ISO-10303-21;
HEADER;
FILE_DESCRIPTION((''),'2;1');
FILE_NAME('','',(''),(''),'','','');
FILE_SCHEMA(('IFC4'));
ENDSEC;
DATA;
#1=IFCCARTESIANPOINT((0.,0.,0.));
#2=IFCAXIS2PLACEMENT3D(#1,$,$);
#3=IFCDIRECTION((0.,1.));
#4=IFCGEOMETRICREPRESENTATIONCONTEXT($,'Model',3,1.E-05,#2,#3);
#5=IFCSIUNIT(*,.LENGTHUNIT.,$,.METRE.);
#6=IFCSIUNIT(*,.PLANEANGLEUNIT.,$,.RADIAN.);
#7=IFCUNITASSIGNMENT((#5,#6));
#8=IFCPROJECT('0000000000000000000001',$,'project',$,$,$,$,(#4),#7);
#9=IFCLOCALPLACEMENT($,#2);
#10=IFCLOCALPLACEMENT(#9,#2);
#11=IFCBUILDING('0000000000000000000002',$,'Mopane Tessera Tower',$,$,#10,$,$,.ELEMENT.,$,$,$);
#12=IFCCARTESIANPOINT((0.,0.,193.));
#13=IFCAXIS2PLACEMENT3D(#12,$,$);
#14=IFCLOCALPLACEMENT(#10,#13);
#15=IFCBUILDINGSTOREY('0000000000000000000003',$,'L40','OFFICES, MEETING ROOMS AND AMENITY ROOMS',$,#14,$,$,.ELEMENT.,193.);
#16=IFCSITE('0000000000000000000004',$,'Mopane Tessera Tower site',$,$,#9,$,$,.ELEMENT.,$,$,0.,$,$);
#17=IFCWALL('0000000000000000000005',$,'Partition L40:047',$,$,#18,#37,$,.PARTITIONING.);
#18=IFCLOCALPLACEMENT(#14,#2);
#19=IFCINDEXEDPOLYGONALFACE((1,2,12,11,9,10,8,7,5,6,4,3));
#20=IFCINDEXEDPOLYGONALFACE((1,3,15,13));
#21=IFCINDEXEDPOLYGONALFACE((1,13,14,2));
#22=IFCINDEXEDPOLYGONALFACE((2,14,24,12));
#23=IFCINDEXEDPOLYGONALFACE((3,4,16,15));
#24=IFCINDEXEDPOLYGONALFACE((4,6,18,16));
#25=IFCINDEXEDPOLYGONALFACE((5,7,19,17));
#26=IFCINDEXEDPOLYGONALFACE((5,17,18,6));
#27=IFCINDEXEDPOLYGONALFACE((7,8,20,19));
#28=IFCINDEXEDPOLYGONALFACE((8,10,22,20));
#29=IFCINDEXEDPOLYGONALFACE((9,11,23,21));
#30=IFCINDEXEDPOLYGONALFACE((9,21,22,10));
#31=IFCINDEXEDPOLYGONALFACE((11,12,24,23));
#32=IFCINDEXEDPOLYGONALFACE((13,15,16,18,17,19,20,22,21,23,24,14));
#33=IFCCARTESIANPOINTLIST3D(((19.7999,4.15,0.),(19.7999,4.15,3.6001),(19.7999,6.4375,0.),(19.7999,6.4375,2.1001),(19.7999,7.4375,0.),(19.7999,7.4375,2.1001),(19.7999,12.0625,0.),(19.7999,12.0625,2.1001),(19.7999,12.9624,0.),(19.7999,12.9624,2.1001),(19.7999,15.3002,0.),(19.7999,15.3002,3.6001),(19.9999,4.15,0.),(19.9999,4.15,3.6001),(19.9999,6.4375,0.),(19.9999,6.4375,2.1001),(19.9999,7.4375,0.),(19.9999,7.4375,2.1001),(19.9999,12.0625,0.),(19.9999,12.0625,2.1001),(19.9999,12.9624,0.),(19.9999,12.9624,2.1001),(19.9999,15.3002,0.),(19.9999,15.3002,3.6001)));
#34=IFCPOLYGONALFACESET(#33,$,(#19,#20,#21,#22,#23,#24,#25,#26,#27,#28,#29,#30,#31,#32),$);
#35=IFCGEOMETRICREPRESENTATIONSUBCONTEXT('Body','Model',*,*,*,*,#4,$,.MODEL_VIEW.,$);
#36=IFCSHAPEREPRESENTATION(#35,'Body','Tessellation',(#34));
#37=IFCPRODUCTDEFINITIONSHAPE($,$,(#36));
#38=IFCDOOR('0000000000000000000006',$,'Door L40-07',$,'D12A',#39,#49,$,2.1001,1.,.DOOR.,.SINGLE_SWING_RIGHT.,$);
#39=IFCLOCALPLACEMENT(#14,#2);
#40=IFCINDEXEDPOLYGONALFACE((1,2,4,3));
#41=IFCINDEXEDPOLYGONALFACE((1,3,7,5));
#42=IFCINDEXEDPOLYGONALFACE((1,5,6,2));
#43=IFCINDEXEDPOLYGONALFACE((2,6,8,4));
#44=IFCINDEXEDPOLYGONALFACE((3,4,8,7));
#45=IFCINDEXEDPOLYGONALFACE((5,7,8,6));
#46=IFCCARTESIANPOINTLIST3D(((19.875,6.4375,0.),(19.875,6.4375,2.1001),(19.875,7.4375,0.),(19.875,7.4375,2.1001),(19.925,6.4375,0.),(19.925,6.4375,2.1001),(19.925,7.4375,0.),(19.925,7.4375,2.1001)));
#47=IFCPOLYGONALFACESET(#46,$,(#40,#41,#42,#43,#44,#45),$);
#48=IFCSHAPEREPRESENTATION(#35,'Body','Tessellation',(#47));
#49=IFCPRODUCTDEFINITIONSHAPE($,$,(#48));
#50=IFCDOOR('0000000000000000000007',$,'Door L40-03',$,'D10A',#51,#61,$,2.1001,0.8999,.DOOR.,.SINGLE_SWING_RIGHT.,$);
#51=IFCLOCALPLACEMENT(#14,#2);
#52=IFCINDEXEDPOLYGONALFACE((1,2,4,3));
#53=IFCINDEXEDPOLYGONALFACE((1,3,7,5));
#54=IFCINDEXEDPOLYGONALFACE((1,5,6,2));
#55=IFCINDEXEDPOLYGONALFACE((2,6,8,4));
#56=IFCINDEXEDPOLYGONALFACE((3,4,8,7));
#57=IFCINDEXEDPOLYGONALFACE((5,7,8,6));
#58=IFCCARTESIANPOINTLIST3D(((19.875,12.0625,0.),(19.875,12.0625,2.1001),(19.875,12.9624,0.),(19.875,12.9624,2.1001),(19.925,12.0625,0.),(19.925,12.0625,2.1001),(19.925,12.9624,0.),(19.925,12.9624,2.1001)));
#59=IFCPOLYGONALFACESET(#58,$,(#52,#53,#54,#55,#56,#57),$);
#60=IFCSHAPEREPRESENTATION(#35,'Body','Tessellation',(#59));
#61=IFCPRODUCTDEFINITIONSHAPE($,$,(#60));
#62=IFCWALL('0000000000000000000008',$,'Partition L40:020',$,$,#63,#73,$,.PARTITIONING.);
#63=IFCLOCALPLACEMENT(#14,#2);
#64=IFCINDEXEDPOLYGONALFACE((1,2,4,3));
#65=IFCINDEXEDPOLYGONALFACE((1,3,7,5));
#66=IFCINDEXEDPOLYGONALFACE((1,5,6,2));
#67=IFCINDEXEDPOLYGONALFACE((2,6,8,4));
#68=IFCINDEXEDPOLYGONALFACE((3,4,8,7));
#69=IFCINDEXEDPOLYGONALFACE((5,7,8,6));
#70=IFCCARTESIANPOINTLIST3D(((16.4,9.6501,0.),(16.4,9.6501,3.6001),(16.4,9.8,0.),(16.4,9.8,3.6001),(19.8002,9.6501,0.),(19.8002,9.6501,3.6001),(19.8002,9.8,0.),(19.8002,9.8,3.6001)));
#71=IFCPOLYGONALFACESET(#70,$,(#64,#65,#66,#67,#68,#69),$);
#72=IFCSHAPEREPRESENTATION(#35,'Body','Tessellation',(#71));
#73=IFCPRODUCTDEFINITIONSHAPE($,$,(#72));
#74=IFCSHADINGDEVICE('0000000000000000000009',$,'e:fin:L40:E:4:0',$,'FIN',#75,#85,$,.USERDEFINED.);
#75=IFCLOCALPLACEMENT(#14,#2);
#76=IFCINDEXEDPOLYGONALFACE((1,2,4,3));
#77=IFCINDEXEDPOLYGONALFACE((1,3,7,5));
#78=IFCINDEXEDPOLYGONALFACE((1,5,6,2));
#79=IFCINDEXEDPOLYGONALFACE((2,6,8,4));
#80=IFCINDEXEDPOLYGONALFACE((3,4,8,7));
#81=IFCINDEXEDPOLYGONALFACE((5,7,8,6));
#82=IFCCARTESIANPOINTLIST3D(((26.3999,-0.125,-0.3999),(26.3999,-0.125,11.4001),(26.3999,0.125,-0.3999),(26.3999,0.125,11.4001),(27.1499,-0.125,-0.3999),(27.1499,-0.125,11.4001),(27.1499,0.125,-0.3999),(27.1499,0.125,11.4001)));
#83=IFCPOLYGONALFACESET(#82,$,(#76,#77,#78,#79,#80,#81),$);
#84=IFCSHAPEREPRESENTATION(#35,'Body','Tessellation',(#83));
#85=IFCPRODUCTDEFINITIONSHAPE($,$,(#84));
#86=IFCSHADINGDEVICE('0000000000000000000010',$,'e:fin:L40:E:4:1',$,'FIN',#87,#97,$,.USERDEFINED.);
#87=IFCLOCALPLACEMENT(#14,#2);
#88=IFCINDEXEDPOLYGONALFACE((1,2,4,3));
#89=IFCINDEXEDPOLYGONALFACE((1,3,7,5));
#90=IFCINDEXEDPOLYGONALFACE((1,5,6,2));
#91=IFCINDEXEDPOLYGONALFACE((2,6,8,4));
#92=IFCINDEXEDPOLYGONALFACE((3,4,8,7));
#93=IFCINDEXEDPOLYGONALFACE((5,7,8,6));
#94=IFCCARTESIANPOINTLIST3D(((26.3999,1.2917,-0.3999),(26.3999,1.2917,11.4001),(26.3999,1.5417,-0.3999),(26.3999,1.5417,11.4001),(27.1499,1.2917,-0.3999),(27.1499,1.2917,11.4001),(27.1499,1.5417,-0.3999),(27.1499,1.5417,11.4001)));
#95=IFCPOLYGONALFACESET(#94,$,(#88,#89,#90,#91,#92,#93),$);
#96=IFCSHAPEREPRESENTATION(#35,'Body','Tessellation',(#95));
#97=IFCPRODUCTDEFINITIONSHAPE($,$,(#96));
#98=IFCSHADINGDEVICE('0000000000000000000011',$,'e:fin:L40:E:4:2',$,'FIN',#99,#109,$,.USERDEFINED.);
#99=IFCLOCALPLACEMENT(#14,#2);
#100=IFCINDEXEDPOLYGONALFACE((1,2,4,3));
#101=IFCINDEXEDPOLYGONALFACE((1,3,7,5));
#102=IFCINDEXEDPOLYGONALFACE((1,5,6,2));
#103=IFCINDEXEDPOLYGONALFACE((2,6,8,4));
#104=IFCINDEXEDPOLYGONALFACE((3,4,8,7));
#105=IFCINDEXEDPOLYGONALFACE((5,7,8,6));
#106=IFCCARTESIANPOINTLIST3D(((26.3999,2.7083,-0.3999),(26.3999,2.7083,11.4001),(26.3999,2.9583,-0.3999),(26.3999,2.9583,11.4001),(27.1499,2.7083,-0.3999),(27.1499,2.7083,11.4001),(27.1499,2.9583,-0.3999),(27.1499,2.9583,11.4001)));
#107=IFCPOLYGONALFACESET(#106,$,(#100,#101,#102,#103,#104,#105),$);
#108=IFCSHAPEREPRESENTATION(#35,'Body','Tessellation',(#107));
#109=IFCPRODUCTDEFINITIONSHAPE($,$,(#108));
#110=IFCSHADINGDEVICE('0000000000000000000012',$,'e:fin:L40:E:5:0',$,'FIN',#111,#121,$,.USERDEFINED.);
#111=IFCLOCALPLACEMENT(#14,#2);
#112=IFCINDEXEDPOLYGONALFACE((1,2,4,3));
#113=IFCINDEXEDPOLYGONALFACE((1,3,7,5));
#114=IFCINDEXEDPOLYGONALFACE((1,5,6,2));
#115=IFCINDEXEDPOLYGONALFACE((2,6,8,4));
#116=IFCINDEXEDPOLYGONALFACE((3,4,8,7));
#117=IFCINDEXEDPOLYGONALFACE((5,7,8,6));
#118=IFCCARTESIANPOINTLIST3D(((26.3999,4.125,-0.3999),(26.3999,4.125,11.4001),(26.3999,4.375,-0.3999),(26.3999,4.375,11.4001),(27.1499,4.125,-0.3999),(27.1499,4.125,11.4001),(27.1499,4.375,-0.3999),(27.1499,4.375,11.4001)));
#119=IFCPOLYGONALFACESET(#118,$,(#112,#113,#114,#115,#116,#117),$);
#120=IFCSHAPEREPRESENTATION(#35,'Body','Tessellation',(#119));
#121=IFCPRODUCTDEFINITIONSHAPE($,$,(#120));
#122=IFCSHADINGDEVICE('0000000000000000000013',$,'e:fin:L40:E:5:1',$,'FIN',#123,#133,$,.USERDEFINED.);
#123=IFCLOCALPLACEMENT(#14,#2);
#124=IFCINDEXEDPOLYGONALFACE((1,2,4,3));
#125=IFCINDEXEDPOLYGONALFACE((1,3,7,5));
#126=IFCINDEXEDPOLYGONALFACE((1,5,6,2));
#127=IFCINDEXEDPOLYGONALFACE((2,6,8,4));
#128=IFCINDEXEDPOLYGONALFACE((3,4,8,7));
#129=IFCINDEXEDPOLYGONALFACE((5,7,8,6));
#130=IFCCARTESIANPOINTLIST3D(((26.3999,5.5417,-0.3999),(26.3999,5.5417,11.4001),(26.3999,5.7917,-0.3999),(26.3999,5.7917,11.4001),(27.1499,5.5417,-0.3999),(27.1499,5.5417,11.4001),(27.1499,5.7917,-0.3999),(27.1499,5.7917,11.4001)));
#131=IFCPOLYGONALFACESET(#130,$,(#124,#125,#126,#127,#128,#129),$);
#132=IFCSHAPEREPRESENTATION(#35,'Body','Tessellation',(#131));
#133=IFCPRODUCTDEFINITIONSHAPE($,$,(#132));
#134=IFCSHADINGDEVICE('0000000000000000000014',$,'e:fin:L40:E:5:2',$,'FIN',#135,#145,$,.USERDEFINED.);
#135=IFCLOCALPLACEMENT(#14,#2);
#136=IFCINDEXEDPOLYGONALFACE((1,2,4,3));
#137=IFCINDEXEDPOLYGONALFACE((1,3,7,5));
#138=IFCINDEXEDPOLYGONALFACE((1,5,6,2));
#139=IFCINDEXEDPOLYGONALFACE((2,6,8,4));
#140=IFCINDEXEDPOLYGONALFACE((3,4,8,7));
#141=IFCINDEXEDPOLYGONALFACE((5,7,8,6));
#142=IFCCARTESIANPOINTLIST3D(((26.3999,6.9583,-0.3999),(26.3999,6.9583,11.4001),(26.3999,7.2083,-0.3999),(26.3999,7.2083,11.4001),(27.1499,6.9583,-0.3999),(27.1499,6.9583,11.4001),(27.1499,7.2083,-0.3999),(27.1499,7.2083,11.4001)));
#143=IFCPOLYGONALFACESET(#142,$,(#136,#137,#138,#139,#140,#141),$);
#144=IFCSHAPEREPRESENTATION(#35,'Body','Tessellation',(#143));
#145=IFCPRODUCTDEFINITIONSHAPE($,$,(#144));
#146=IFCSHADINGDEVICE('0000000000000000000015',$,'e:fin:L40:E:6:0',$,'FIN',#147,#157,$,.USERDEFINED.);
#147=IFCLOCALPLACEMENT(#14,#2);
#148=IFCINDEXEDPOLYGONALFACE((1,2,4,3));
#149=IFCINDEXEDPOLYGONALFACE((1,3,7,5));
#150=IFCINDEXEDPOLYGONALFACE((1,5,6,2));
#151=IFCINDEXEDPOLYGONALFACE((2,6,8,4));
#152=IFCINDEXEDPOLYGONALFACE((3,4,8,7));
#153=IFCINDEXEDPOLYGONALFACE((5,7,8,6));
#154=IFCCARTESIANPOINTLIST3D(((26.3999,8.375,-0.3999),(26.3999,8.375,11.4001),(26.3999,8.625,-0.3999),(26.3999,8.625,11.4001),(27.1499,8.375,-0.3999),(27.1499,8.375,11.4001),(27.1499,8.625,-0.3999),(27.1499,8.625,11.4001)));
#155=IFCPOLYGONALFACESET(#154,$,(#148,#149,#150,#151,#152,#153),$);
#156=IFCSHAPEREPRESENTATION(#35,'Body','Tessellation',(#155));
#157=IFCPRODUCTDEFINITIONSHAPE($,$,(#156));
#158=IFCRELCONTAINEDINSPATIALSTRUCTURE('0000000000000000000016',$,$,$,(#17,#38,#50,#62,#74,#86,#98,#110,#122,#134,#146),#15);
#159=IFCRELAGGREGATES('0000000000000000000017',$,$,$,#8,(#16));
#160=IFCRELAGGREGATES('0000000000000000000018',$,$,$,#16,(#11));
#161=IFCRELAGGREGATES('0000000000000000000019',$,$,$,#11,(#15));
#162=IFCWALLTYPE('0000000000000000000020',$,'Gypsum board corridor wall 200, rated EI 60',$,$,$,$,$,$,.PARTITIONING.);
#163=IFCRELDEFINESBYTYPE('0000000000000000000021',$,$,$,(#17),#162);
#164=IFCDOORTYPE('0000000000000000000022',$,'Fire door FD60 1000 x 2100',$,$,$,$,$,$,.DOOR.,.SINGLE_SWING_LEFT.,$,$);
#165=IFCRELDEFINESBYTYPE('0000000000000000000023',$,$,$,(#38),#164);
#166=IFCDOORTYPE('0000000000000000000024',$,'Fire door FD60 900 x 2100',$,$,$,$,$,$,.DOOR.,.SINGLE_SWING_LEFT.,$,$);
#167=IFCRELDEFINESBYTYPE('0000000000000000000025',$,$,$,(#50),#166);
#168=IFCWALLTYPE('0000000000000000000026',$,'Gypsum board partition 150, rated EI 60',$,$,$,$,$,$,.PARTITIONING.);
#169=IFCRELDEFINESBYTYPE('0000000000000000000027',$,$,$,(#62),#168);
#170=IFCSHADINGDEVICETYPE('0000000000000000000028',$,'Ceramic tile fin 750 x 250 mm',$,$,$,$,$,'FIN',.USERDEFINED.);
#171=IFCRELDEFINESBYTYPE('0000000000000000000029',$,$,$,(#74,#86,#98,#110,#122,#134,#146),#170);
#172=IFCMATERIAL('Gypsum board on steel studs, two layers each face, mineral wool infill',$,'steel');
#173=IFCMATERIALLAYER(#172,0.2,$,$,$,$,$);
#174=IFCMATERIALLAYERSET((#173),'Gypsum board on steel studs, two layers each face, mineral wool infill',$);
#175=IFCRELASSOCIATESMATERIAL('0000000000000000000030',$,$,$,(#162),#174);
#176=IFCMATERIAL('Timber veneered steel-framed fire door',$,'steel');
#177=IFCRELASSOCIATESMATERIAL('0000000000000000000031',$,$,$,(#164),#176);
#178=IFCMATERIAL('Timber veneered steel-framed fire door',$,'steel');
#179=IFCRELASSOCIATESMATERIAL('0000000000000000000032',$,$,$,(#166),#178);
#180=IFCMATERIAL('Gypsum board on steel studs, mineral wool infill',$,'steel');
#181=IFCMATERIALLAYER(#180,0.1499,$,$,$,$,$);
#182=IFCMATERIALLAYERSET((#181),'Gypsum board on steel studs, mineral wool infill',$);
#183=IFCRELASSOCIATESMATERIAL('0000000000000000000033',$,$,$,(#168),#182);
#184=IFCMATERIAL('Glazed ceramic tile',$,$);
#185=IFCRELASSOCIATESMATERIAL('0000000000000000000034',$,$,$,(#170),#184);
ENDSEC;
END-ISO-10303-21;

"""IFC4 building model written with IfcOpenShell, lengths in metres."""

from ifc_helpers import new_model, si_unit, direction, frame, frame_2d, origin, origin_2d, place, context, subcontext, project, spatial, rectangle, extrude, material, layer, layer_set, type_object, element, fill, save


model = new_model("IFC4")

# Units and contexts
model_context = context("Model", 3, precision=1e-05, world=origin(), true_north=direction((0.0, 1.0)))
body_context = subcontext(model_context, "Body", "Model", "MODEL_VIEW")
ifc_project = project(units=[si_unit("LENGTHUNIT", "METRE"), si_unit("PLANEANGLEUNIT", "RADIAN")], contexts=[model_context])

# Site, building, storey
site_placement = place(None, origin())
site = spatial("IfcSite", under=ifc_project, at=site_placement, Name="Mopane Tessera Tower site", CompositionType="ELEMENT", RefElevation=0.0)
building_placement = place(site_placement, origin())
building = spatial("IfcBuilding", under=site, at=building_placement, Name="Mopane Tessera Tower", CompositionType="ELEMENT")
storey_placement = place(building_placement, frame((0.0, 0.0, 193.0)))
storey = spatial("IfcBuildingStorey", under=building, at=storey_placement, Name="L40", Description="OFFICES, MEETING ROOMS AND AMENITY ROOMS", CompositionType="ELEMENT", Elevation=193.0)

# Shared definitions
ifc_material_1 = material(Name="Gypsum board on steel studs, two layers each face, mineral wool infill", Category="steel")
ifc_layer_1 = layer(ifc_material_1, 0.2)
ifc_layer_set_1 = layer_set([ifc_layer_1], Name="Gypsum board on steel studs, two layers each face, mineral wool infill")
wall_type_1 = type_object("IfcWallType", Name="Gypsum board corridor wall 200, rated EI 60", PredefinedType="PARTITIONING", material=ifc_layer_set_1)

# Wall, openings, doors
wall_1_placement = place(storey_placement, frame((19.8999, 4.1499, 0.0), z_axis=(0.0, 0.0, 1.0), x_axis=(0.0, 1.0, 0.0)))
wall_1 = element("IfcWall", 1, at=wall_1_placement, inside=storey, type_object=wall_type_1, Name="Partition L40:047", PredefinedType="PARTITIONING", context=body_context, shape_type="SweptSolid", body=[
    extrude(rectangle(XDim=11.1501, YDim=0.2, at=frame_2d((5.5752, 0.0))), origin(), (0.0, 0.0, 1.0), 3.6001),
])
opening_1_placement = place(wall_1_placement, frame((7.9126, 0.0, 0.0)))
opening_1 = element("IfcOpeningElement", 2, at=opening_1_placement, cuts=wall_1, PredefinedType="OPENING", context=body_context, shape_type="SweptSolid", body=[
    extrude(rectangle(XDim=0.8999, YDim=2.1001, at=frame_2d((0.45, 1.05))), frame((0.0, 0.1121, 0.0), z_axis=(0.0, -1.0, 0.0), x_axis=(1.0, 0.0, 0.0)), (0.0, 0.0, 1.0), 0.2239),
])
opening_2_placement = place(wall_1_placement, frame((2.2876, 0.0, 0.0)))
opening_2 = element("IfcOpeningElement", 3, at=opening_2_placement, cuts=wall_1, PredefinedType="OPENING", context=body_context, shape_type="SweptSolid", body=[
    extrude(rectangle(XDim=1.0, YDim=2.1001, at=frame_2d((0.5, 1.05))), frame((0.0, 0.1121, 0.0), z_axis=(0.0, -1.0, 0.0), x_axis=(1.0, 0.0, 0.0)), (0.0, 0.0, 1.0), 0.2239),
])
ifc_material_2 = material(Name="Timber veneered steel-framed fire door", Category="steel")
door_type_1 = type_object("IfcDoorType", Name="Fire door FD60 1000 x 2100", OperationType="SINGLE_SWING_LEFT", PredefinedType="DOOR", material=ifc_material_2)
door_1_placement = place(opening_2_placement, origin())
door_1 = element("IfcDoor", 4, at=door_1_placement, inside=storey, type_object=door_type_1, Name="Door L40-07", ObjectType="D12A", OperationType="SINGLE_SWING_RIGHT", OverallHeight=2.1001, OverallWidth=1.0, PredefinedType="DOOR", context=body_context, shape_type="SweptSolid", body=[
    extrude(rectangle(XDim=1.0, YDim=2.1001, at=frame_2d((0.5, 1.05))), frame((0.0, 0.0249, 0.0), z_axis=(0.0, -1.0, 0.0), x_axis=(1.0, 0.0, 0.0)), (0.0, 0.0, 1.0), 0.05),
])
fill(opening_2, door_1)
ifc_material_3 = material(Name="Timber veneered steel-framed fire door", Category="steel")
door_type_2 = type_object("IfcDoorType", Name="Fire door FD60 900 x 2100", OperationType="SINGLE_SWING_LEFT", PredefinedType="DOOR", material=ifc_material_3)
door_2_placement = place(opening_1_placement, origin())
door_2 = element("IfcDoor", 5, at=door_2_placement, inside=storey, type_object=door_type_2, Name="Door L40-03", ObjectType="D10A", OperationType="SINGLE_SWING_RIGHT", OverallHeight=2.1001, OverallWidth=0.8999, PredefinedType="DOOR", context=body_context, shape_type="SweptSolid", body=[
    extrude(rectangle(XDim=0.8999, YDim=2.1001, at=frame_2d((0.45, 1.05))), frame((0.0, 0.0249, 0.0), z_axis=(0.0, -1.0, 0.0), x_axis=(1.0, 0.0, 0.0)), (0.0, 0.0, 1.0), 0.05),
])
fill(opening_1, door_2)

# Wall
ifc_material_4 = material(Name="Gypsum board on steel studs, mineral wool infill", Category="steel")
ifc_layer_2 = layer(ifc_material_4, 0.1499)
ifc_layer_set_2 = layer_set([ifc_layer_2], Name="Gypsum board on steel studs, mineral wool infill")
wall_type_2 = type_object("IfcWallType", Name="Gypsum board partition 150, rated EI 60", PredefinedType="PARTITIONING", material=ifc_layer_set_2)
wall_2_placement = place(storey_placement, frame((16.3999, 9.7251, 0.0), z_axis=(0.0, 0.0, 1.0), x_axis=(1.0, 0.0, 0.0)))
element("IfcWall", 6, at=wall_2_placement, inside=storey, type_object=wall_type_2, Name="Partition L40:020", PredefinedType="PARTITIONING", context=body_context, shape_type="SweptSolid", body=[
    extrude(rectangle(XDim=3.4001, YDim=0.1499, at=frame_2d((1.7002, 0.0))), origin(), (0.0, 0.0, 1.0), 3.6001),
])

# Shading devices
ifc_material_5 = material(Name="Glazed ceramic tile")
shading_device_type = type_object("IfcShadingDeviceType", Name="Ceramic tile fin 750 x 250 mm", ElementType="FIN", PredefinedType="USERDEFINED", material=ifc_material_5)
for number, where, z_axis, x_axis, name in (
    (7, (26.7749, 0.0, -0.3999), (0.0, 0.0, 1.0), (0.0, 1.0, 0.0), "e:fin:L40:E:4:0"),
    (8, (26.7749, 1.4167, -0.3999), (0.0, 0.0, 1.0), (0.0, 1.0, 0.0), "e:fin:L40:E:4:1"),
    (9, (26.7749, 2.8333, -0.3999), (0.0, 0.0, 1.0), (0.0, 1.0, 0.0), "e:fin:L40:E:4:2"),
    (10, (26.7749, 4.25, -0.3999), (0.0, 0.0, 1.0), (0.0, 1.0, 0.0), "e:fin:L40:E:5:0"),
    (11, (26.7749, 5.6667, -0.3999), (0.0, 0.0, 1.0), (0.0, 1.0, 0.0), "e:fin:L40:E:5:1"),
    (12, (26.7749, 7.0833, -0.3999), (0.0, 0.0, 1.0), (0.0, 1.0, 0.0), "e:fin:L40:E:5:2"),
    (13, (26.7749, 8.5, -0.3999), (0.0, 0.0, 1.0), (0.0, 1.0, 0.0), "e:fin:L40:E:6:0"),
):
    element("IfcShadingDevice", number, at=place(storey_placement, frame(where, z_axis=z_axis, x_axis=x_axis)), inside=storey, type_object=shading_device_type, Name=name, ObjectType="FIN", PredefinedType="USERDEFINED", context=body_context, shape_type="SweptSolid", body=[
        extrude(rectangle(XDim=0.25, YDim=0.75, at=origin_2d()), origin(), (0.0, 0.0, 1.0), 11.8),
    ])

save(model, "model.ifc")
